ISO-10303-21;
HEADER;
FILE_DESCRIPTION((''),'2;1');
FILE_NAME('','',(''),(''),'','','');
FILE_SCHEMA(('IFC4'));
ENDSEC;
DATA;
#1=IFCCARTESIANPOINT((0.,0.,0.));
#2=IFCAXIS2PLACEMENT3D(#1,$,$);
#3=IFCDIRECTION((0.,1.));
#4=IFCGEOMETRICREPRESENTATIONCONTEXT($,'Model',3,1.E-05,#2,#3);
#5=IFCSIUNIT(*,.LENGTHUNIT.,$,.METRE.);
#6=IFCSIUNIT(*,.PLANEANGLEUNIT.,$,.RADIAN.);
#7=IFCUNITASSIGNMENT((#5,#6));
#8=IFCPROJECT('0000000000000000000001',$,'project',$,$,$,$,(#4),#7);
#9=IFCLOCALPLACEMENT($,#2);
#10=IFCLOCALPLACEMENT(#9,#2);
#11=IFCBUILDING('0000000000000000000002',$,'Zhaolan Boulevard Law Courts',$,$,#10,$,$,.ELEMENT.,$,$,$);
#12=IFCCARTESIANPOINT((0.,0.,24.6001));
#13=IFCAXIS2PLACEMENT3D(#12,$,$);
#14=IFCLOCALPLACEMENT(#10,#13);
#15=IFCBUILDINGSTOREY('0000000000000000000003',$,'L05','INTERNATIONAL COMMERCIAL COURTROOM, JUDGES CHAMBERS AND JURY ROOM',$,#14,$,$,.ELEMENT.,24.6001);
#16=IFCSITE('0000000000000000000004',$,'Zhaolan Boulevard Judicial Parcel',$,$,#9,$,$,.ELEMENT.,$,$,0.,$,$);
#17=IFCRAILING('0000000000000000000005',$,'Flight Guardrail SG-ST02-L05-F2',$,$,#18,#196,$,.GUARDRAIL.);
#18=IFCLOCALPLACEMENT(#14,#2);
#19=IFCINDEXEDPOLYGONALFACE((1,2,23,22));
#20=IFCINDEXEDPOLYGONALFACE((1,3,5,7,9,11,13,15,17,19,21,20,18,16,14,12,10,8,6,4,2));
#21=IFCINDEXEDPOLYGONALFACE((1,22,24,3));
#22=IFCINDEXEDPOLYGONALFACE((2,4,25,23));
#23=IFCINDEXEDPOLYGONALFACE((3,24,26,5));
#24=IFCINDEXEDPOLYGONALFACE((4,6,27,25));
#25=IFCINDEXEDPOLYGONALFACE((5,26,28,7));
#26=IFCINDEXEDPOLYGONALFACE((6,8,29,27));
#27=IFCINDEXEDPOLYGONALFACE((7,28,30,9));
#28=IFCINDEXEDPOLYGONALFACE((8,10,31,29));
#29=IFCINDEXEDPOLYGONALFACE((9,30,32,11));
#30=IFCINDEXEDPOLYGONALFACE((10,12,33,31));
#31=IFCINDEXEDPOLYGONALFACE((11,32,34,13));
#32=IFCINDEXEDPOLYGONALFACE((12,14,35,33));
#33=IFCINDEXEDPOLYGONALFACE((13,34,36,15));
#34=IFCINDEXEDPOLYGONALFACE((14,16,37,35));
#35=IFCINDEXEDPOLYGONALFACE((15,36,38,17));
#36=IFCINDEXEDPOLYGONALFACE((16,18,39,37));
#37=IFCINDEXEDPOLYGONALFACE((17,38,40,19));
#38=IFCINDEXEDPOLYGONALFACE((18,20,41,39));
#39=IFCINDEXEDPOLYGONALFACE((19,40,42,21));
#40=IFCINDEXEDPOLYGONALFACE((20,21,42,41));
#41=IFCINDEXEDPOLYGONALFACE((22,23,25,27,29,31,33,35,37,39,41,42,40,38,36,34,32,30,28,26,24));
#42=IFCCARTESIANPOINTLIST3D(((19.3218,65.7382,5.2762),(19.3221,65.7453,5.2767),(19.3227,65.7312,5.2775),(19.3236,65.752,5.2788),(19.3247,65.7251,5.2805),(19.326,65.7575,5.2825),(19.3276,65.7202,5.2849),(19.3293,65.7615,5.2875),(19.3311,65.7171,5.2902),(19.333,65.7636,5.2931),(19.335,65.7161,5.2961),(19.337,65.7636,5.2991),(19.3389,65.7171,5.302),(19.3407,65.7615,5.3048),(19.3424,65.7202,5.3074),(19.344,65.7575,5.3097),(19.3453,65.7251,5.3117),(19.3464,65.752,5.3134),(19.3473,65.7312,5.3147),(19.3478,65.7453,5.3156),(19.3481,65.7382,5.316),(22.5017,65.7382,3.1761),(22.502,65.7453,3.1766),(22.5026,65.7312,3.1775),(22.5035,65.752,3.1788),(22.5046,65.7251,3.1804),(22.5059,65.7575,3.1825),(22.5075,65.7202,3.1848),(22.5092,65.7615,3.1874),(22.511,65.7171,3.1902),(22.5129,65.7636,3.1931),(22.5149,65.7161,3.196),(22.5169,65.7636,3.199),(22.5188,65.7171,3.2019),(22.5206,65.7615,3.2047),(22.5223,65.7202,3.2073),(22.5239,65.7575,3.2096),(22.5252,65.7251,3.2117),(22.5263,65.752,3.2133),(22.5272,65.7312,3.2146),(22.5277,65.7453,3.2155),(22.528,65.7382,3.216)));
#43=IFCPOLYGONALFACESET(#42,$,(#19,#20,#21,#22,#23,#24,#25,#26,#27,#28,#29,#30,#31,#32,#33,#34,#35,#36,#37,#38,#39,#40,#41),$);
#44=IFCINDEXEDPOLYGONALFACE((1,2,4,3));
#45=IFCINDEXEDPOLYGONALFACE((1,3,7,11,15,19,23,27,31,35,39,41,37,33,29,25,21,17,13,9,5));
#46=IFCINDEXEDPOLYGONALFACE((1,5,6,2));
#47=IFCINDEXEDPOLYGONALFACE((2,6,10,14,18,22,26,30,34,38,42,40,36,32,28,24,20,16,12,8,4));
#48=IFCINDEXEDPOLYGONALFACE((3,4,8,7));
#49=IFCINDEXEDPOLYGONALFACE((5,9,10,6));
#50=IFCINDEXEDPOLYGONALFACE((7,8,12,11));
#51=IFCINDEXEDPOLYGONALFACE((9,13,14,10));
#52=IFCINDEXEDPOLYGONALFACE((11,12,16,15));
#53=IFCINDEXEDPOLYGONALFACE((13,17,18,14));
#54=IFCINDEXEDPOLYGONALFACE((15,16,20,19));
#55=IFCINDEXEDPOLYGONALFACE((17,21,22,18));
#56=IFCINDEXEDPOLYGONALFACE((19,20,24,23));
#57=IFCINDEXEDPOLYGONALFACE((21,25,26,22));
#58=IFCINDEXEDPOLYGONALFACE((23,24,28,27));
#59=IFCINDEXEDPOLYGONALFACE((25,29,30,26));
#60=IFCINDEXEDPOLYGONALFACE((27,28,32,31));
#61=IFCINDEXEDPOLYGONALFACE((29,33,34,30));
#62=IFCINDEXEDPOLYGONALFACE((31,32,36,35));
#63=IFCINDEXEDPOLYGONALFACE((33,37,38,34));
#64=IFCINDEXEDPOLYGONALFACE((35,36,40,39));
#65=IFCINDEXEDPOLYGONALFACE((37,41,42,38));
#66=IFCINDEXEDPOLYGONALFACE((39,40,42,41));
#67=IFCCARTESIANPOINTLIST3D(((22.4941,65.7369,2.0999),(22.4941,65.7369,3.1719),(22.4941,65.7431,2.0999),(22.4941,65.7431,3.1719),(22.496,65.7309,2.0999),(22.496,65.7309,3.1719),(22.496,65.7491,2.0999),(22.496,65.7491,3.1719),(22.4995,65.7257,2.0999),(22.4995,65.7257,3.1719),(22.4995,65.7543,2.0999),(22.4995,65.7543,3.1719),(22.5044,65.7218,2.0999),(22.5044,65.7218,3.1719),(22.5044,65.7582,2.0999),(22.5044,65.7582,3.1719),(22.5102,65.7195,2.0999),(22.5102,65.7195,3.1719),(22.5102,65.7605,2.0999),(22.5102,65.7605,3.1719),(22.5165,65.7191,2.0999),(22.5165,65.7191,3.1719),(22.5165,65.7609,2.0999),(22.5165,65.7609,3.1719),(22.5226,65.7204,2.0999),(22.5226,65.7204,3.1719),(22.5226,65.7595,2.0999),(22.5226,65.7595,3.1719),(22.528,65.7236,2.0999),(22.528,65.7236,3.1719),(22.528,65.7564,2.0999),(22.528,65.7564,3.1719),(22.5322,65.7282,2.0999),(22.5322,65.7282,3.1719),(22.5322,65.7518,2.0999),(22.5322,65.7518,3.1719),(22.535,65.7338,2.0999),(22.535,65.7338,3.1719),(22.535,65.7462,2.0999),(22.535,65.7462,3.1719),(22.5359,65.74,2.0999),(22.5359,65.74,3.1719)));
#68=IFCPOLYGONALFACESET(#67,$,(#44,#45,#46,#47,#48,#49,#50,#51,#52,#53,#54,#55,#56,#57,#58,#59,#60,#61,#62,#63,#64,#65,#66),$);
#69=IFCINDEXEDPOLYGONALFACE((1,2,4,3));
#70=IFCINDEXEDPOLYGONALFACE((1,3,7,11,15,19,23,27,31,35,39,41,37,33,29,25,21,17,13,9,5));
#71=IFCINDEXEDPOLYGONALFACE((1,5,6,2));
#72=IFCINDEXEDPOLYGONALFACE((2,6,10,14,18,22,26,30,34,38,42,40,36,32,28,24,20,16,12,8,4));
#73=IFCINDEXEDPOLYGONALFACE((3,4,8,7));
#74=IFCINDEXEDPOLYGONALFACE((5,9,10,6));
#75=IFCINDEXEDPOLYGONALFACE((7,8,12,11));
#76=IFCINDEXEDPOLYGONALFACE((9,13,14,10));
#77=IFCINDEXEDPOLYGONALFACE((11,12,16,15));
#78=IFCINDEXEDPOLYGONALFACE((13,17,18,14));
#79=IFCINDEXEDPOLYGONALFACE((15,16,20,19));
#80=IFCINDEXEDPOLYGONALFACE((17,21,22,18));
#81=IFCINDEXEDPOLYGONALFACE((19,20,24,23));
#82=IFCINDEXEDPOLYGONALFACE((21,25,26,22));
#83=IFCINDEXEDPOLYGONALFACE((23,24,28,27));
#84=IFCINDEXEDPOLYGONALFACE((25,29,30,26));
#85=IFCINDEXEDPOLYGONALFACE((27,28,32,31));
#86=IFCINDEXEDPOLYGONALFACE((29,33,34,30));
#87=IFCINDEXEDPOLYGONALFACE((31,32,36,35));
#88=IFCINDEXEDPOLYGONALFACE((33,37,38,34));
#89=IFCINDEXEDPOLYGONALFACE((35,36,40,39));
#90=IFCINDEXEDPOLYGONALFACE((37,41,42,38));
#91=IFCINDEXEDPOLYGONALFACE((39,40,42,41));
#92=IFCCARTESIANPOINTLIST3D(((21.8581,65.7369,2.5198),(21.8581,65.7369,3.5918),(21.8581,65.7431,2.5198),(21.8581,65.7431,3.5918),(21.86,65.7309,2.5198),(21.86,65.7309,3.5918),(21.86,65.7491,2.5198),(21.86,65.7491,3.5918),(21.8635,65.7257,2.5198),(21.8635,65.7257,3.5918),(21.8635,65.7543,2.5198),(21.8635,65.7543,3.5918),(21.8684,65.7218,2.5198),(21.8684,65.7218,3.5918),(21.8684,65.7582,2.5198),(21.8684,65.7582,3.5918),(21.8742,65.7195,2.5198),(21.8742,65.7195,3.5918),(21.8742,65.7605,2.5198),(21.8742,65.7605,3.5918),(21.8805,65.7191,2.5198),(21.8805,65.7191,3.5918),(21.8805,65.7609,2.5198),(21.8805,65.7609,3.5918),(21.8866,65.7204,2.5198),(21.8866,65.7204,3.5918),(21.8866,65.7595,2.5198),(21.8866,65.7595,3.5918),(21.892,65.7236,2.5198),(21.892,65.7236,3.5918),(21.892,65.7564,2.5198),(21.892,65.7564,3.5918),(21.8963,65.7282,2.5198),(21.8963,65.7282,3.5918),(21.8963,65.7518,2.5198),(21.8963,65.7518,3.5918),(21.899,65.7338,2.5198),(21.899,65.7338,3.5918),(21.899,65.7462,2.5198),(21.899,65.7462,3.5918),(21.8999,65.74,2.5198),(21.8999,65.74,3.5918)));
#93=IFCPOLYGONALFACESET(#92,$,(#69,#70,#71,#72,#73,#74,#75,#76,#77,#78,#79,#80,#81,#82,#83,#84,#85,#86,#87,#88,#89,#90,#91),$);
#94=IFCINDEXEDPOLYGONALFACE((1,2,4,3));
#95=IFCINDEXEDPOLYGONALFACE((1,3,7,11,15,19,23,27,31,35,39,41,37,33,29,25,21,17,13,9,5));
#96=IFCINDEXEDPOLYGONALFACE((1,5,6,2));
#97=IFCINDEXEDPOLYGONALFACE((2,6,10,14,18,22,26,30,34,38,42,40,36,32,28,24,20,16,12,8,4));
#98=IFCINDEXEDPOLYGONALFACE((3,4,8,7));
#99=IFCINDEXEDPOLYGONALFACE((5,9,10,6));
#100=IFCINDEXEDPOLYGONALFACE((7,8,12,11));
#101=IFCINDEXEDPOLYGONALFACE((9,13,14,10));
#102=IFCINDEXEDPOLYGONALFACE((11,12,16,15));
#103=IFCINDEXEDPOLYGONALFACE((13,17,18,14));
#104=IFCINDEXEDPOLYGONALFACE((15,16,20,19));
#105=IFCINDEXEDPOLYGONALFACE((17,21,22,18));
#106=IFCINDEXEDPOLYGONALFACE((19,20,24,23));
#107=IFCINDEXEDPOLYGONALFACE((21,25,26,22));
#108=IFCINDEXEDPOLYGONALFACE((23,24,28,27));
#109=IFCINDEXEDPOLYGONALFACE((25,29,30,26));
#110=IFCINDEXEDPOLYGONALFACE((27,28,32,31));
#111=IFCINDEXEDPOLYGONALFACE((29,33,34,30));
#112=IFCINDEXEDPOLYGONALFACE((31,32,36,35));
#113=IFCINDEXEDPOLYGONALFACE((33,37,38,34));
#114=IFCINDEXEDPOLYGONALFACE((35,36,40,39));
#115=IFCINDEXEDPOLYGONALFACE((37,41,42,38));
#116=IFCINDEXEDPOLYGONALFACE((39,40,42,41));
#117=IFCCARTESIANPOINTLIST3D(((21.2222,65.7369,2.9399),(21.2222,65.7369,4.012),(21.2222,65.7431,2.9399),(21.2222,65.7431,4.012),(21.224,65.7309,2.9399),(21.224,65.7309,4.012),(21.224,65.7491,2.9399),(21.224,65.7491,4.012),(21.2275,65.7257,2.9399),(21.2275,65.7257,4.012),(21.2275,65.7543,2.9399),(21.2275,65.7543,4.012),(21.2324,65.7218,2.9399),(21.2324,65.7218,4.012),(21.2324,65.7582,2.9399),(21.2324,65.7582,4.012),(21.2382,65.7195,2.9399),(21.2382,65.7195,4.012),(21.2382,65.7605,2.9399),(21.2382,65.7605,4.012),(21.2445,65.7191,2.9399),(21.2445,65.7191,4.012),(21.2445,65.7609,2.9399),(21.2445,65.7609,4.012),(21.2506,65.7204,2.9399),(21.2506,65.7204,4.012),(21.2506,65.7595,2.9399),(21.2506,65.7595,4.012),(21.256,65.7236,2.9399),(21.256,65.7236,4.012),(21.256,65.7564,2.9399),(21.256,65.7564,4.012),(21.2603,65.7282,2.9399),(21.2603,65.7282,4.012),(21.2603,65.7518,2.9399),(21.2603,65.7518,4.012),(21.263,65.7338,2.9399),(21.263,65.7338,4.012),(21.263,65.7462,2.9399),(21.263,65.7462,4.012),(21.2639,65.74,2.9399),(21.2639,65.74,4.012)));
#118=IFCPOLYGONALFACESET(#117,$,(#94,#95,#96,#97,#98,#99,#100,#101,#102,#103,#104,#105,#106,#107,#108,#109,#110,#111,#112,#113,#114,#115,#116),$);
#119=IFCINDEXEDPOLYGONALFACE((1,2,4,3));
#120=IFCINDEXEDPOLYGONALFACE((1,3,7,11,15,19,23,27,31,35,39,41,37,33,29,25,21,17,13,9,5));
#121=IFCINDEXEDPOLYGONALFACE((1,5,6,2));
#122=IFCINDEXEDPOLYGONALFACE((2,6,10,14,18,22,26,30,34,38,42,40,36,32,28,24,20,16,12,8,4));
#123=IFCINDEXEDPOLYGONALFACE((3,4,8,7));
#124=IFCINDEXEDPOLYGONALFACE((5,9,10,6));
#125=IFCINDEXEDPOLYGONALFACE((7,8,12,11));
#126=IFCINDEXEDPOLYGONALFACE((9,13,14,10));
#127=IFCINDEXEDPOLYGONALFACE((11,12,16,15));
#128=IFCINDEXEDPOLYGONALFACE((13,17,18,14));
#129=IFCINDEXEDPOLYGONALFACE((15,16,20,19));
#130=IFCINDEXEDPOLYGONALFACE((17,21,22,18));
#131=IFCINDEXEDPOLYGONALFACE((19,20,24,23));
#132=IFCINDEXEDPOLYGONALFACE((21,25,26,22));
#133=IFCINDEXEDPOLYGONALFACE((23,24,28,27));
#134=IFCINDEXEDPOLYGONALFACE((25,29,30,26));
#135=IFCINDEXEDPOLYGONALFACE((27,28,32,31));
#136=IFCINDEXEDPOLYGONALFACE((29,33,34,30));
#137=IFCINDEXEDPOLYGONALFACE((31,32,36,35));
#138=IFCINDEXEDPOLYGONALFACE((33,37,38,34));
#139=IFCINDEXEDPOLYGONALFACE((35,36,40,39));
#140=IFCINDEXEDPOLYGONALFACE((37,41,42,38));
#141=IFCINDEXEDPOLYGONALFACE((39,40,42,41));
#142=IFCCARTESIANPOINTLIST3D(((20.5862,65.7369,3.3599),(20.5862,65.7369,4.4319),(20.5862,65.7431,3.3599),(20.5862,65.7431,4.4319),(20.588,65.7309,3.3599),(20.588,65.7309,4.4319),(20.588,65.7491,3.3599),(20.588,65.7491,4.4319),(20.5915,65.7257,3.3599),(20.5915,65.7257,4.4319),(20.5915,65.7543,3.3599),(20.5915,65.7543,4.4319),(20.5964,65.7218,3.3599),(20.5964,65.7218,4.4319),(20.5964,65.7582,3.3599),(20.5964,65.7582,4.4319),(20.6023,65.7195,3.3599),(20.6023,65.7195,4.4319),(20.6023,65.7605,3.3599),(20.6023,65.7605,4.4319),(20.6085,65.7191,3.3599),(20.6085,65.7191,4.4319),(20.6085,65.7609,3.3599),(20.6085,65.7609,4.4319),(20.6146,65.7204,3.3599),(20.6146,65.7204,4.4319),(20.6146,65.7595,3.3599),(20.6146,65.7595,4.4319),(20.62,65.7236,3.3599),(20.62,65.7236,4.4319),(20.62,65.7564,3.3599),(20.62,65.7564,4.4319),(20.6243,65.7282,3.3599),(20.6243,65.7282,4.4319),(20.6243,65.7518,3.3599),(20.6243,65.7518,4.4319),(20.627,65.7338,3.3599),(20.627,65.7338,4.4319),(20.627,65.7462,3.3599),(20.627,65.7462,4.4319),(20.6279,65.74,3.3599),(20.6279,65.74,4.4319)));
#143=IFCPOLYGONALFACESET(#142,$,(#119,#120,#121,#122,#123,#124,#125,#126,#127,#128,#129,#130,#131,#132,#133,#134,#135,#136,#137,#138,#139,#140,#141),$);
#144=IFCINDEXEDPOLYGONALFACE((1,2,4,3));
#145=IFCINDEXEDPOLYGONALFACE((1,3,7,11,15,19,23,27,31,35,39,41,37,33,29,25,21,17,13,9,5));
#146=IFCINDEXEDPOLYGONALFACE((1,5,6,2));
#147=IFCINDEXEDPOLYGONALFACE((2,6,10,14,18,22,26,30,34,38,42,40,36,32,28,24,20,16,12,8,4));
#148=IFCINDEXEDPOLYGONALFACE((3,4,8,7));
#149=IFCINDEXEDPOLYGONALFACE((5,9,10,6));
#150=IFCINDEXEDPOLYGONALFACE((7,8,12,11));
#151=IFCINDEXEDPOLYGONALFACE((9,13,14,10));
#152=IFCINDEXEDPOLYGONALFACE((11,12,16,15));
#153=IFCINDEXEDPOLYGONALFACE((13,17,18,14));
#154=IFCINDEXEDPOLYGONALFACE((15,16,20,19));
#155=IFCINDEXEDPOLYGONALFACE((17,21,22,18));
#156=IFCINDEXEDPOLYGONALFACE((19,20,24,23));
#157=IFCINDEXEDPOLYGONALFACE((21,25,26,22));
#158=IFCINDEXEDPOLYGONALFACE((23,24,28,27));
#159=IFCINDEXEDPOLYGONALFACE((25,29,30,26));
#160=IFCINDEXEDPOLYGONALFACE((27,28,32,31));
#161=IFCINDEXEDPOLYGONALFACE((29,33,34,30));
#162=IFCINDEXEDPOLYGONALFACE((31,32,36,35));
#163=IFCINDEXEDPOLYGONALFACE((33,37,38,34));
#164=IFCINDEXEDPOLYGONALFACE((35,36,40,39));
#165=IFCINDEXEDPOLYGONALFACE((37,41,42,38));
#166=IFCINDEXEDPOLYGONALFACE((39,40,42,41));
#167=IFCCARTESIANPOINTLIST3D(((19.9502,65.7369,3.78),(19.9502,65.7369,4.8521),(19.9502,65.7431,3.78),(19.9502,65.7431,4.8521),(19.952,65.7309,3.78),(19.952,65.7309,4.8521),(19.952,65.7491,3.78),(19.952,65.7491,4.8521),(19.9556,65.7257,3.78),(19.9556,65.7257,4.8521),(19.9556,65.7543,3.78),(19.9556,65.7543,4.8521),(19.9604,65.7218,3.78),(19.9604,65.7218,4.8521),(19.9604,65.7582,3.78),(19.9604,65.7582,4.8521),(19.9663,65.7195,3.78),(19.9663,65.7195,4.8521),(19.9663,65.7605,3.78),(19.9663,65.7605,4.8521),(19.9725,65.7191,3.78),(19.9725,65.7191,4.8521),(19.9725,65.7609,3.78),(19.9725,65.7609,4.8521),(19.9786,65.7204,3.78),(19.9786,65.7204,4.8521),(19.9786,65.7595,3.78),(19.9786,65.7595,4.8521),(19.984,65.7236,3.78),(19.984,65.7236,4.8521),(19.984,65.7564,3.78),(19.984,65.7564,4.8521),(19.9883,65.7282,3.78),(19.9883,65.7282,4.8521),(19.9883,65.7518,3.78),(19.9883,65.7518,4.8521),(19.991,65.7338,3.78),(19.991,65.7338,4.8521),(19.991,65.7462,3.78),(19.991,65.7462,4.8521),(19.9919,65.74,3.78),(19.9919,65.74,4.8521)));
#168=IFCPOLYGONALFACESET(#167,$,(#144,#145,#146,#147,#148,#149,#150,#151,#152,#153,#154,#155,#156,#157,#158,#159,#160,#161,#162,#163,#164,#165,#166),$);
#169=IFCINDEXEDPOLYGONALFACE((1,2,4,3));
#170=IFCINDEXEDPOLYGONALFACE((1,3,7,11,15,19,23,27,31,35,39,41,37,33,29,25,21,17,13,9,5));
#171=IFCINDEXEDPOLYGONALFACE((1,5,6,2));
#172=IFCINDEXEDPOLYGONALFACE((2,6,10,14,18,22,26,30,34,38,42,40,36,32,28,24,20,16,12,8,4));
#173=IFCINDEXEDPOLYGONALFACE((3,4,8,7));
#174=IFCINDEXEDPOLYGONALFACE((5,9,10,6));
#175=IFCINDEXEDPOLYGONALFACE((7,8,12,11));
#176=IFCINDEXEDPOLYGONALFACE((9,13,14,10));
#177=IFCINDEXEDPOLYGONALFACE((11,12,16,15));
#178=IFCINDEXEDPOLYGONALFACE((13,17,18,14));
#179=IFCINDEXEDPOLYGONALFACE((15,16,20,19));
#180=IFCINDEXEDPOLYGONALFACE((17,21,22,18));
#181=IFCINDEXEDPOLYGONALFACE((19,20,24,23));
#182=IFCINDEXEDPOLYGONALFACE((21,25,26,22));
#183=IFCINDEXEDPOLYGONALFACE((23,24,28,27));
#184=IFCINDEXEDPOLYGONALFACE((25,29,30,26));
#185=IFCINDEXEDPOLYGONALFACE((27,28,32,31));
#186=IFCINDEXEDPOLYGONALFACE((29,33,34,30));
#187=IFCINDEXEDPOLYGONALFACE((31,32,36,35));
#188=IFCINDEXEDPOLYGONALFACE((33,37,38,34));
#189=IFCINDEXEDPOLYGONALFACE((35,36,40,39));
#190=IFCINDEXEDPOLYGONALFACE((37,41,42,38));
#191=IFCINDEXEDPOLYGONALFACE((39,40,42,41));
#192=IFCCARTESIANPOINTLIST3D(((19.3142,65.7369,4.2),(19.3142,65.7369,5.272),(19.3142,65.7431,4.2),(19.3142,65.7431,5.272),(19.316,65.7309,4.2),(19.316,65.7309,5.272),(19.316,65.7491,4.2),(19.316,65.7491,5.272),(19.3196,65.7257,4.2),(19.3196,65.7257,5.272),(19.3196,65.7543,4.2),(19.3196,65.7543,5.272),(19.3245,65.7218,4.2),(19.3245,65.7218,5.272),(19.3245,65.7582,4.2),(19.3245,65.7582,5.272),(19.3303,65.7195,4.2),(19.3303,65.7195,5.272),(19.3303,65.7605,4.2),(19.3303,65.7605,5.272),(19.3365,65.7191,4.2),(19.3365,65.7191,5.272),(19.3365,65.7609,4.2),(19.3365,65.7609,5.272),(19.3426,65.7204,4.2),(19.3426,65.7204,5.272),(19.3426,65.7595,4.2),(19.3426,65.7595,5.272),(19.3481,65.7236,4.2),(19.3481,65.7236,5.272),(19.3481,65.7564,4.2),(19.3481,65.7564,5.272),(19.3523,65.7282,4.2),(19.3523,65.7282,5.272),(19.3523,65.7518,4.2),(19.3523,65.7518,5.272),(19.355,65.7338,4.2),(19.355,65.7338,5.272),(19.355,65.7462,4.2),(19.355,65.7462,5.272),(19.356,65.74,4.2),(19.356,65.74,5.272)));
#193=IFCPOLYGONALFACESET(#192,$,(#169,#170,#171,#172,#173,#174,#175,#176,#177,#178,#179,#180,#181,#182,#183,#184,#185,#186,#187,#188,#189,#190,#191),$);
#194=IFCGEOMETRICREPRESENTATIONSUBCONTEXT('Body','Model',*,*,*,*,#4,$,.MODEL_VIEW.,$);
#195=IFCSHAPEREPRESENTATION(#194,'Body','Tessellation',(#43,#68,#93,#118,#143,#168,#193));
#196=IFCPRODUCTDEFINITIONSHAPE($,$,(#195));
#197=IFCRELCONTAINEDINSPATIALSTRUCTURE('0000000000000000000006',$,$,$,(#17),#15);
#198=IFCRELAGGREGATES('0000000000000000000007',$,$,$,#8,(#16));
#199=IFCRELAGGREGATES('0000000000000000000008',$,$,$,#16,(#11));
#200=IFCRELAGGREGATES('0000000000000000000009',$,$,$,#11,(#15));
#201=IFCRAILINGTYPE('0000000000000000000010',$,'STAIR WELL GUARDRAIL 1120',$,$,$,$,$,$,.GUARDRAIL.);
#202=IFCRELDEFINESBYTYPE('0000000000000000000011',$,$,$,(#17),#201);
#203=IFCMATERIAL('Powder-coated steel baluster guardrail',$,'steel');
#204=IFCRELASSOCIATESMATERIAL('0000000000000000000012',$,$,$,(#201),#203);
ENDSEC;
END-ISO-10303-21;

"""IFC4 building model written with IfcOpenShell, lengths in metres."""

from ifc_helpers import new_model, si_unit, direction, frame, origin, origin_2d, place, context, subcontext, project, spatial, circle, extrude, material, type_object, element, save


model = new_model("IFC4")

# Units and contexts
model_context = context("Model", 3, precision=1e-05, world=origin(), true_north=direction((0.0, 1.0)))
body_context = subcontext(model_context, "Body", "Model", "MODEL_VIEW")
ifc_project = project(units=[si_unit("LENGTHUNIT", "METRE"), si_unit("PLANEANGLEUNIT", "RADIAN")], contexts=[model_context])

# Site, building, storey
site_placement = place(None, origin())
site = spatial("IfcSite", under=ifc_project, at=site_placement, Name="Zhaolan Boulevard Judicial Parcel", CompositionType="ELEMENT", RefElevation=0.0)
building_placement = place(site_placement, origin())
building = spatial("IfcBuilding", under=site, at=building_placement, Name="Zhaolan Boulevard Law Courts", CompositionType="ELEMENT")
storey_placement = place(building_placement, frame((0.0, 0.0, 24.6001)))
storey = spatial("IfcBuildingStorey", under=building, at=storey_placement, Name="L05", Description="INTERNATIONAL COMMERCIAL COURTROOM, JUDGES CHAMBERS AND JURY ROOM", CompositionType="ELEMENT", Elevation=24.6001)

# Railing
ifc_material_1 = material(Name="Powder-coated steel baluster guardrail", Category="steel")
railing_type_1 = type_object("IfcRailingType", Name="STAIR WELL GUARDRAIL 1120", PredefinedType="GUARDRAIL", material=ifc_material_1)
railing_1_placement = place(storey_placement, frame((22.5149, 65.74, 2.0999)))
element("IfcRailing", 1, at=railing_1_placement, inside=storey, type_object=railing_type_1, Name="Flight Guardrail SG-ST02-L05-F2", PredefinedType="GUARDRAIL", context=body_context, shape_type="SweptSolid", body=[
    extrude(circle(Radius=0.0239, at=origin_2d()), frame((0.0, 0.0, 1.0962), z_axis=(-0.834447, 0.0, 0.551088), x_axis=(0.0, -1.0, 0.0)), (0.0, 0.0, 1.0), 3.8108),
    extrude(circle(Radius=0.021, at=origin_2d()), origin(), (0.0, 0.0, 1.0), 1.072),
    extrude(circle(Radius=0.021, at=origin_2d()), frame((-0.636, 0.0, 0.4199)), (0.0, 0.0, 1.0), 1.072),
    extrude(circle(Radius=0.021, at=origin_2d()), frame((-1.272, 0.0, 0.8401)), (0.0, 0.0, 1.0), 1.072),
    extrude(circle(Radius=0.021, at=origin_2d()), frame((-1.908, 0.0, 1.26)), (0.0, 0.0, 1.0), 1.072),
    extrude(circle(Radius=0.021, at=origin_2d()), frame((-2.5439, 0.0, 1.6802)), (0.0, 0.0, 1.0), 1.072),
    extrude(circle(Radius=0.021, at=origin_2d()), frame((-3.1799, 0.0, 2.1001)), (0.0, 0.0, 1.0), 1.072),
])

save(model, "model.ifc")
